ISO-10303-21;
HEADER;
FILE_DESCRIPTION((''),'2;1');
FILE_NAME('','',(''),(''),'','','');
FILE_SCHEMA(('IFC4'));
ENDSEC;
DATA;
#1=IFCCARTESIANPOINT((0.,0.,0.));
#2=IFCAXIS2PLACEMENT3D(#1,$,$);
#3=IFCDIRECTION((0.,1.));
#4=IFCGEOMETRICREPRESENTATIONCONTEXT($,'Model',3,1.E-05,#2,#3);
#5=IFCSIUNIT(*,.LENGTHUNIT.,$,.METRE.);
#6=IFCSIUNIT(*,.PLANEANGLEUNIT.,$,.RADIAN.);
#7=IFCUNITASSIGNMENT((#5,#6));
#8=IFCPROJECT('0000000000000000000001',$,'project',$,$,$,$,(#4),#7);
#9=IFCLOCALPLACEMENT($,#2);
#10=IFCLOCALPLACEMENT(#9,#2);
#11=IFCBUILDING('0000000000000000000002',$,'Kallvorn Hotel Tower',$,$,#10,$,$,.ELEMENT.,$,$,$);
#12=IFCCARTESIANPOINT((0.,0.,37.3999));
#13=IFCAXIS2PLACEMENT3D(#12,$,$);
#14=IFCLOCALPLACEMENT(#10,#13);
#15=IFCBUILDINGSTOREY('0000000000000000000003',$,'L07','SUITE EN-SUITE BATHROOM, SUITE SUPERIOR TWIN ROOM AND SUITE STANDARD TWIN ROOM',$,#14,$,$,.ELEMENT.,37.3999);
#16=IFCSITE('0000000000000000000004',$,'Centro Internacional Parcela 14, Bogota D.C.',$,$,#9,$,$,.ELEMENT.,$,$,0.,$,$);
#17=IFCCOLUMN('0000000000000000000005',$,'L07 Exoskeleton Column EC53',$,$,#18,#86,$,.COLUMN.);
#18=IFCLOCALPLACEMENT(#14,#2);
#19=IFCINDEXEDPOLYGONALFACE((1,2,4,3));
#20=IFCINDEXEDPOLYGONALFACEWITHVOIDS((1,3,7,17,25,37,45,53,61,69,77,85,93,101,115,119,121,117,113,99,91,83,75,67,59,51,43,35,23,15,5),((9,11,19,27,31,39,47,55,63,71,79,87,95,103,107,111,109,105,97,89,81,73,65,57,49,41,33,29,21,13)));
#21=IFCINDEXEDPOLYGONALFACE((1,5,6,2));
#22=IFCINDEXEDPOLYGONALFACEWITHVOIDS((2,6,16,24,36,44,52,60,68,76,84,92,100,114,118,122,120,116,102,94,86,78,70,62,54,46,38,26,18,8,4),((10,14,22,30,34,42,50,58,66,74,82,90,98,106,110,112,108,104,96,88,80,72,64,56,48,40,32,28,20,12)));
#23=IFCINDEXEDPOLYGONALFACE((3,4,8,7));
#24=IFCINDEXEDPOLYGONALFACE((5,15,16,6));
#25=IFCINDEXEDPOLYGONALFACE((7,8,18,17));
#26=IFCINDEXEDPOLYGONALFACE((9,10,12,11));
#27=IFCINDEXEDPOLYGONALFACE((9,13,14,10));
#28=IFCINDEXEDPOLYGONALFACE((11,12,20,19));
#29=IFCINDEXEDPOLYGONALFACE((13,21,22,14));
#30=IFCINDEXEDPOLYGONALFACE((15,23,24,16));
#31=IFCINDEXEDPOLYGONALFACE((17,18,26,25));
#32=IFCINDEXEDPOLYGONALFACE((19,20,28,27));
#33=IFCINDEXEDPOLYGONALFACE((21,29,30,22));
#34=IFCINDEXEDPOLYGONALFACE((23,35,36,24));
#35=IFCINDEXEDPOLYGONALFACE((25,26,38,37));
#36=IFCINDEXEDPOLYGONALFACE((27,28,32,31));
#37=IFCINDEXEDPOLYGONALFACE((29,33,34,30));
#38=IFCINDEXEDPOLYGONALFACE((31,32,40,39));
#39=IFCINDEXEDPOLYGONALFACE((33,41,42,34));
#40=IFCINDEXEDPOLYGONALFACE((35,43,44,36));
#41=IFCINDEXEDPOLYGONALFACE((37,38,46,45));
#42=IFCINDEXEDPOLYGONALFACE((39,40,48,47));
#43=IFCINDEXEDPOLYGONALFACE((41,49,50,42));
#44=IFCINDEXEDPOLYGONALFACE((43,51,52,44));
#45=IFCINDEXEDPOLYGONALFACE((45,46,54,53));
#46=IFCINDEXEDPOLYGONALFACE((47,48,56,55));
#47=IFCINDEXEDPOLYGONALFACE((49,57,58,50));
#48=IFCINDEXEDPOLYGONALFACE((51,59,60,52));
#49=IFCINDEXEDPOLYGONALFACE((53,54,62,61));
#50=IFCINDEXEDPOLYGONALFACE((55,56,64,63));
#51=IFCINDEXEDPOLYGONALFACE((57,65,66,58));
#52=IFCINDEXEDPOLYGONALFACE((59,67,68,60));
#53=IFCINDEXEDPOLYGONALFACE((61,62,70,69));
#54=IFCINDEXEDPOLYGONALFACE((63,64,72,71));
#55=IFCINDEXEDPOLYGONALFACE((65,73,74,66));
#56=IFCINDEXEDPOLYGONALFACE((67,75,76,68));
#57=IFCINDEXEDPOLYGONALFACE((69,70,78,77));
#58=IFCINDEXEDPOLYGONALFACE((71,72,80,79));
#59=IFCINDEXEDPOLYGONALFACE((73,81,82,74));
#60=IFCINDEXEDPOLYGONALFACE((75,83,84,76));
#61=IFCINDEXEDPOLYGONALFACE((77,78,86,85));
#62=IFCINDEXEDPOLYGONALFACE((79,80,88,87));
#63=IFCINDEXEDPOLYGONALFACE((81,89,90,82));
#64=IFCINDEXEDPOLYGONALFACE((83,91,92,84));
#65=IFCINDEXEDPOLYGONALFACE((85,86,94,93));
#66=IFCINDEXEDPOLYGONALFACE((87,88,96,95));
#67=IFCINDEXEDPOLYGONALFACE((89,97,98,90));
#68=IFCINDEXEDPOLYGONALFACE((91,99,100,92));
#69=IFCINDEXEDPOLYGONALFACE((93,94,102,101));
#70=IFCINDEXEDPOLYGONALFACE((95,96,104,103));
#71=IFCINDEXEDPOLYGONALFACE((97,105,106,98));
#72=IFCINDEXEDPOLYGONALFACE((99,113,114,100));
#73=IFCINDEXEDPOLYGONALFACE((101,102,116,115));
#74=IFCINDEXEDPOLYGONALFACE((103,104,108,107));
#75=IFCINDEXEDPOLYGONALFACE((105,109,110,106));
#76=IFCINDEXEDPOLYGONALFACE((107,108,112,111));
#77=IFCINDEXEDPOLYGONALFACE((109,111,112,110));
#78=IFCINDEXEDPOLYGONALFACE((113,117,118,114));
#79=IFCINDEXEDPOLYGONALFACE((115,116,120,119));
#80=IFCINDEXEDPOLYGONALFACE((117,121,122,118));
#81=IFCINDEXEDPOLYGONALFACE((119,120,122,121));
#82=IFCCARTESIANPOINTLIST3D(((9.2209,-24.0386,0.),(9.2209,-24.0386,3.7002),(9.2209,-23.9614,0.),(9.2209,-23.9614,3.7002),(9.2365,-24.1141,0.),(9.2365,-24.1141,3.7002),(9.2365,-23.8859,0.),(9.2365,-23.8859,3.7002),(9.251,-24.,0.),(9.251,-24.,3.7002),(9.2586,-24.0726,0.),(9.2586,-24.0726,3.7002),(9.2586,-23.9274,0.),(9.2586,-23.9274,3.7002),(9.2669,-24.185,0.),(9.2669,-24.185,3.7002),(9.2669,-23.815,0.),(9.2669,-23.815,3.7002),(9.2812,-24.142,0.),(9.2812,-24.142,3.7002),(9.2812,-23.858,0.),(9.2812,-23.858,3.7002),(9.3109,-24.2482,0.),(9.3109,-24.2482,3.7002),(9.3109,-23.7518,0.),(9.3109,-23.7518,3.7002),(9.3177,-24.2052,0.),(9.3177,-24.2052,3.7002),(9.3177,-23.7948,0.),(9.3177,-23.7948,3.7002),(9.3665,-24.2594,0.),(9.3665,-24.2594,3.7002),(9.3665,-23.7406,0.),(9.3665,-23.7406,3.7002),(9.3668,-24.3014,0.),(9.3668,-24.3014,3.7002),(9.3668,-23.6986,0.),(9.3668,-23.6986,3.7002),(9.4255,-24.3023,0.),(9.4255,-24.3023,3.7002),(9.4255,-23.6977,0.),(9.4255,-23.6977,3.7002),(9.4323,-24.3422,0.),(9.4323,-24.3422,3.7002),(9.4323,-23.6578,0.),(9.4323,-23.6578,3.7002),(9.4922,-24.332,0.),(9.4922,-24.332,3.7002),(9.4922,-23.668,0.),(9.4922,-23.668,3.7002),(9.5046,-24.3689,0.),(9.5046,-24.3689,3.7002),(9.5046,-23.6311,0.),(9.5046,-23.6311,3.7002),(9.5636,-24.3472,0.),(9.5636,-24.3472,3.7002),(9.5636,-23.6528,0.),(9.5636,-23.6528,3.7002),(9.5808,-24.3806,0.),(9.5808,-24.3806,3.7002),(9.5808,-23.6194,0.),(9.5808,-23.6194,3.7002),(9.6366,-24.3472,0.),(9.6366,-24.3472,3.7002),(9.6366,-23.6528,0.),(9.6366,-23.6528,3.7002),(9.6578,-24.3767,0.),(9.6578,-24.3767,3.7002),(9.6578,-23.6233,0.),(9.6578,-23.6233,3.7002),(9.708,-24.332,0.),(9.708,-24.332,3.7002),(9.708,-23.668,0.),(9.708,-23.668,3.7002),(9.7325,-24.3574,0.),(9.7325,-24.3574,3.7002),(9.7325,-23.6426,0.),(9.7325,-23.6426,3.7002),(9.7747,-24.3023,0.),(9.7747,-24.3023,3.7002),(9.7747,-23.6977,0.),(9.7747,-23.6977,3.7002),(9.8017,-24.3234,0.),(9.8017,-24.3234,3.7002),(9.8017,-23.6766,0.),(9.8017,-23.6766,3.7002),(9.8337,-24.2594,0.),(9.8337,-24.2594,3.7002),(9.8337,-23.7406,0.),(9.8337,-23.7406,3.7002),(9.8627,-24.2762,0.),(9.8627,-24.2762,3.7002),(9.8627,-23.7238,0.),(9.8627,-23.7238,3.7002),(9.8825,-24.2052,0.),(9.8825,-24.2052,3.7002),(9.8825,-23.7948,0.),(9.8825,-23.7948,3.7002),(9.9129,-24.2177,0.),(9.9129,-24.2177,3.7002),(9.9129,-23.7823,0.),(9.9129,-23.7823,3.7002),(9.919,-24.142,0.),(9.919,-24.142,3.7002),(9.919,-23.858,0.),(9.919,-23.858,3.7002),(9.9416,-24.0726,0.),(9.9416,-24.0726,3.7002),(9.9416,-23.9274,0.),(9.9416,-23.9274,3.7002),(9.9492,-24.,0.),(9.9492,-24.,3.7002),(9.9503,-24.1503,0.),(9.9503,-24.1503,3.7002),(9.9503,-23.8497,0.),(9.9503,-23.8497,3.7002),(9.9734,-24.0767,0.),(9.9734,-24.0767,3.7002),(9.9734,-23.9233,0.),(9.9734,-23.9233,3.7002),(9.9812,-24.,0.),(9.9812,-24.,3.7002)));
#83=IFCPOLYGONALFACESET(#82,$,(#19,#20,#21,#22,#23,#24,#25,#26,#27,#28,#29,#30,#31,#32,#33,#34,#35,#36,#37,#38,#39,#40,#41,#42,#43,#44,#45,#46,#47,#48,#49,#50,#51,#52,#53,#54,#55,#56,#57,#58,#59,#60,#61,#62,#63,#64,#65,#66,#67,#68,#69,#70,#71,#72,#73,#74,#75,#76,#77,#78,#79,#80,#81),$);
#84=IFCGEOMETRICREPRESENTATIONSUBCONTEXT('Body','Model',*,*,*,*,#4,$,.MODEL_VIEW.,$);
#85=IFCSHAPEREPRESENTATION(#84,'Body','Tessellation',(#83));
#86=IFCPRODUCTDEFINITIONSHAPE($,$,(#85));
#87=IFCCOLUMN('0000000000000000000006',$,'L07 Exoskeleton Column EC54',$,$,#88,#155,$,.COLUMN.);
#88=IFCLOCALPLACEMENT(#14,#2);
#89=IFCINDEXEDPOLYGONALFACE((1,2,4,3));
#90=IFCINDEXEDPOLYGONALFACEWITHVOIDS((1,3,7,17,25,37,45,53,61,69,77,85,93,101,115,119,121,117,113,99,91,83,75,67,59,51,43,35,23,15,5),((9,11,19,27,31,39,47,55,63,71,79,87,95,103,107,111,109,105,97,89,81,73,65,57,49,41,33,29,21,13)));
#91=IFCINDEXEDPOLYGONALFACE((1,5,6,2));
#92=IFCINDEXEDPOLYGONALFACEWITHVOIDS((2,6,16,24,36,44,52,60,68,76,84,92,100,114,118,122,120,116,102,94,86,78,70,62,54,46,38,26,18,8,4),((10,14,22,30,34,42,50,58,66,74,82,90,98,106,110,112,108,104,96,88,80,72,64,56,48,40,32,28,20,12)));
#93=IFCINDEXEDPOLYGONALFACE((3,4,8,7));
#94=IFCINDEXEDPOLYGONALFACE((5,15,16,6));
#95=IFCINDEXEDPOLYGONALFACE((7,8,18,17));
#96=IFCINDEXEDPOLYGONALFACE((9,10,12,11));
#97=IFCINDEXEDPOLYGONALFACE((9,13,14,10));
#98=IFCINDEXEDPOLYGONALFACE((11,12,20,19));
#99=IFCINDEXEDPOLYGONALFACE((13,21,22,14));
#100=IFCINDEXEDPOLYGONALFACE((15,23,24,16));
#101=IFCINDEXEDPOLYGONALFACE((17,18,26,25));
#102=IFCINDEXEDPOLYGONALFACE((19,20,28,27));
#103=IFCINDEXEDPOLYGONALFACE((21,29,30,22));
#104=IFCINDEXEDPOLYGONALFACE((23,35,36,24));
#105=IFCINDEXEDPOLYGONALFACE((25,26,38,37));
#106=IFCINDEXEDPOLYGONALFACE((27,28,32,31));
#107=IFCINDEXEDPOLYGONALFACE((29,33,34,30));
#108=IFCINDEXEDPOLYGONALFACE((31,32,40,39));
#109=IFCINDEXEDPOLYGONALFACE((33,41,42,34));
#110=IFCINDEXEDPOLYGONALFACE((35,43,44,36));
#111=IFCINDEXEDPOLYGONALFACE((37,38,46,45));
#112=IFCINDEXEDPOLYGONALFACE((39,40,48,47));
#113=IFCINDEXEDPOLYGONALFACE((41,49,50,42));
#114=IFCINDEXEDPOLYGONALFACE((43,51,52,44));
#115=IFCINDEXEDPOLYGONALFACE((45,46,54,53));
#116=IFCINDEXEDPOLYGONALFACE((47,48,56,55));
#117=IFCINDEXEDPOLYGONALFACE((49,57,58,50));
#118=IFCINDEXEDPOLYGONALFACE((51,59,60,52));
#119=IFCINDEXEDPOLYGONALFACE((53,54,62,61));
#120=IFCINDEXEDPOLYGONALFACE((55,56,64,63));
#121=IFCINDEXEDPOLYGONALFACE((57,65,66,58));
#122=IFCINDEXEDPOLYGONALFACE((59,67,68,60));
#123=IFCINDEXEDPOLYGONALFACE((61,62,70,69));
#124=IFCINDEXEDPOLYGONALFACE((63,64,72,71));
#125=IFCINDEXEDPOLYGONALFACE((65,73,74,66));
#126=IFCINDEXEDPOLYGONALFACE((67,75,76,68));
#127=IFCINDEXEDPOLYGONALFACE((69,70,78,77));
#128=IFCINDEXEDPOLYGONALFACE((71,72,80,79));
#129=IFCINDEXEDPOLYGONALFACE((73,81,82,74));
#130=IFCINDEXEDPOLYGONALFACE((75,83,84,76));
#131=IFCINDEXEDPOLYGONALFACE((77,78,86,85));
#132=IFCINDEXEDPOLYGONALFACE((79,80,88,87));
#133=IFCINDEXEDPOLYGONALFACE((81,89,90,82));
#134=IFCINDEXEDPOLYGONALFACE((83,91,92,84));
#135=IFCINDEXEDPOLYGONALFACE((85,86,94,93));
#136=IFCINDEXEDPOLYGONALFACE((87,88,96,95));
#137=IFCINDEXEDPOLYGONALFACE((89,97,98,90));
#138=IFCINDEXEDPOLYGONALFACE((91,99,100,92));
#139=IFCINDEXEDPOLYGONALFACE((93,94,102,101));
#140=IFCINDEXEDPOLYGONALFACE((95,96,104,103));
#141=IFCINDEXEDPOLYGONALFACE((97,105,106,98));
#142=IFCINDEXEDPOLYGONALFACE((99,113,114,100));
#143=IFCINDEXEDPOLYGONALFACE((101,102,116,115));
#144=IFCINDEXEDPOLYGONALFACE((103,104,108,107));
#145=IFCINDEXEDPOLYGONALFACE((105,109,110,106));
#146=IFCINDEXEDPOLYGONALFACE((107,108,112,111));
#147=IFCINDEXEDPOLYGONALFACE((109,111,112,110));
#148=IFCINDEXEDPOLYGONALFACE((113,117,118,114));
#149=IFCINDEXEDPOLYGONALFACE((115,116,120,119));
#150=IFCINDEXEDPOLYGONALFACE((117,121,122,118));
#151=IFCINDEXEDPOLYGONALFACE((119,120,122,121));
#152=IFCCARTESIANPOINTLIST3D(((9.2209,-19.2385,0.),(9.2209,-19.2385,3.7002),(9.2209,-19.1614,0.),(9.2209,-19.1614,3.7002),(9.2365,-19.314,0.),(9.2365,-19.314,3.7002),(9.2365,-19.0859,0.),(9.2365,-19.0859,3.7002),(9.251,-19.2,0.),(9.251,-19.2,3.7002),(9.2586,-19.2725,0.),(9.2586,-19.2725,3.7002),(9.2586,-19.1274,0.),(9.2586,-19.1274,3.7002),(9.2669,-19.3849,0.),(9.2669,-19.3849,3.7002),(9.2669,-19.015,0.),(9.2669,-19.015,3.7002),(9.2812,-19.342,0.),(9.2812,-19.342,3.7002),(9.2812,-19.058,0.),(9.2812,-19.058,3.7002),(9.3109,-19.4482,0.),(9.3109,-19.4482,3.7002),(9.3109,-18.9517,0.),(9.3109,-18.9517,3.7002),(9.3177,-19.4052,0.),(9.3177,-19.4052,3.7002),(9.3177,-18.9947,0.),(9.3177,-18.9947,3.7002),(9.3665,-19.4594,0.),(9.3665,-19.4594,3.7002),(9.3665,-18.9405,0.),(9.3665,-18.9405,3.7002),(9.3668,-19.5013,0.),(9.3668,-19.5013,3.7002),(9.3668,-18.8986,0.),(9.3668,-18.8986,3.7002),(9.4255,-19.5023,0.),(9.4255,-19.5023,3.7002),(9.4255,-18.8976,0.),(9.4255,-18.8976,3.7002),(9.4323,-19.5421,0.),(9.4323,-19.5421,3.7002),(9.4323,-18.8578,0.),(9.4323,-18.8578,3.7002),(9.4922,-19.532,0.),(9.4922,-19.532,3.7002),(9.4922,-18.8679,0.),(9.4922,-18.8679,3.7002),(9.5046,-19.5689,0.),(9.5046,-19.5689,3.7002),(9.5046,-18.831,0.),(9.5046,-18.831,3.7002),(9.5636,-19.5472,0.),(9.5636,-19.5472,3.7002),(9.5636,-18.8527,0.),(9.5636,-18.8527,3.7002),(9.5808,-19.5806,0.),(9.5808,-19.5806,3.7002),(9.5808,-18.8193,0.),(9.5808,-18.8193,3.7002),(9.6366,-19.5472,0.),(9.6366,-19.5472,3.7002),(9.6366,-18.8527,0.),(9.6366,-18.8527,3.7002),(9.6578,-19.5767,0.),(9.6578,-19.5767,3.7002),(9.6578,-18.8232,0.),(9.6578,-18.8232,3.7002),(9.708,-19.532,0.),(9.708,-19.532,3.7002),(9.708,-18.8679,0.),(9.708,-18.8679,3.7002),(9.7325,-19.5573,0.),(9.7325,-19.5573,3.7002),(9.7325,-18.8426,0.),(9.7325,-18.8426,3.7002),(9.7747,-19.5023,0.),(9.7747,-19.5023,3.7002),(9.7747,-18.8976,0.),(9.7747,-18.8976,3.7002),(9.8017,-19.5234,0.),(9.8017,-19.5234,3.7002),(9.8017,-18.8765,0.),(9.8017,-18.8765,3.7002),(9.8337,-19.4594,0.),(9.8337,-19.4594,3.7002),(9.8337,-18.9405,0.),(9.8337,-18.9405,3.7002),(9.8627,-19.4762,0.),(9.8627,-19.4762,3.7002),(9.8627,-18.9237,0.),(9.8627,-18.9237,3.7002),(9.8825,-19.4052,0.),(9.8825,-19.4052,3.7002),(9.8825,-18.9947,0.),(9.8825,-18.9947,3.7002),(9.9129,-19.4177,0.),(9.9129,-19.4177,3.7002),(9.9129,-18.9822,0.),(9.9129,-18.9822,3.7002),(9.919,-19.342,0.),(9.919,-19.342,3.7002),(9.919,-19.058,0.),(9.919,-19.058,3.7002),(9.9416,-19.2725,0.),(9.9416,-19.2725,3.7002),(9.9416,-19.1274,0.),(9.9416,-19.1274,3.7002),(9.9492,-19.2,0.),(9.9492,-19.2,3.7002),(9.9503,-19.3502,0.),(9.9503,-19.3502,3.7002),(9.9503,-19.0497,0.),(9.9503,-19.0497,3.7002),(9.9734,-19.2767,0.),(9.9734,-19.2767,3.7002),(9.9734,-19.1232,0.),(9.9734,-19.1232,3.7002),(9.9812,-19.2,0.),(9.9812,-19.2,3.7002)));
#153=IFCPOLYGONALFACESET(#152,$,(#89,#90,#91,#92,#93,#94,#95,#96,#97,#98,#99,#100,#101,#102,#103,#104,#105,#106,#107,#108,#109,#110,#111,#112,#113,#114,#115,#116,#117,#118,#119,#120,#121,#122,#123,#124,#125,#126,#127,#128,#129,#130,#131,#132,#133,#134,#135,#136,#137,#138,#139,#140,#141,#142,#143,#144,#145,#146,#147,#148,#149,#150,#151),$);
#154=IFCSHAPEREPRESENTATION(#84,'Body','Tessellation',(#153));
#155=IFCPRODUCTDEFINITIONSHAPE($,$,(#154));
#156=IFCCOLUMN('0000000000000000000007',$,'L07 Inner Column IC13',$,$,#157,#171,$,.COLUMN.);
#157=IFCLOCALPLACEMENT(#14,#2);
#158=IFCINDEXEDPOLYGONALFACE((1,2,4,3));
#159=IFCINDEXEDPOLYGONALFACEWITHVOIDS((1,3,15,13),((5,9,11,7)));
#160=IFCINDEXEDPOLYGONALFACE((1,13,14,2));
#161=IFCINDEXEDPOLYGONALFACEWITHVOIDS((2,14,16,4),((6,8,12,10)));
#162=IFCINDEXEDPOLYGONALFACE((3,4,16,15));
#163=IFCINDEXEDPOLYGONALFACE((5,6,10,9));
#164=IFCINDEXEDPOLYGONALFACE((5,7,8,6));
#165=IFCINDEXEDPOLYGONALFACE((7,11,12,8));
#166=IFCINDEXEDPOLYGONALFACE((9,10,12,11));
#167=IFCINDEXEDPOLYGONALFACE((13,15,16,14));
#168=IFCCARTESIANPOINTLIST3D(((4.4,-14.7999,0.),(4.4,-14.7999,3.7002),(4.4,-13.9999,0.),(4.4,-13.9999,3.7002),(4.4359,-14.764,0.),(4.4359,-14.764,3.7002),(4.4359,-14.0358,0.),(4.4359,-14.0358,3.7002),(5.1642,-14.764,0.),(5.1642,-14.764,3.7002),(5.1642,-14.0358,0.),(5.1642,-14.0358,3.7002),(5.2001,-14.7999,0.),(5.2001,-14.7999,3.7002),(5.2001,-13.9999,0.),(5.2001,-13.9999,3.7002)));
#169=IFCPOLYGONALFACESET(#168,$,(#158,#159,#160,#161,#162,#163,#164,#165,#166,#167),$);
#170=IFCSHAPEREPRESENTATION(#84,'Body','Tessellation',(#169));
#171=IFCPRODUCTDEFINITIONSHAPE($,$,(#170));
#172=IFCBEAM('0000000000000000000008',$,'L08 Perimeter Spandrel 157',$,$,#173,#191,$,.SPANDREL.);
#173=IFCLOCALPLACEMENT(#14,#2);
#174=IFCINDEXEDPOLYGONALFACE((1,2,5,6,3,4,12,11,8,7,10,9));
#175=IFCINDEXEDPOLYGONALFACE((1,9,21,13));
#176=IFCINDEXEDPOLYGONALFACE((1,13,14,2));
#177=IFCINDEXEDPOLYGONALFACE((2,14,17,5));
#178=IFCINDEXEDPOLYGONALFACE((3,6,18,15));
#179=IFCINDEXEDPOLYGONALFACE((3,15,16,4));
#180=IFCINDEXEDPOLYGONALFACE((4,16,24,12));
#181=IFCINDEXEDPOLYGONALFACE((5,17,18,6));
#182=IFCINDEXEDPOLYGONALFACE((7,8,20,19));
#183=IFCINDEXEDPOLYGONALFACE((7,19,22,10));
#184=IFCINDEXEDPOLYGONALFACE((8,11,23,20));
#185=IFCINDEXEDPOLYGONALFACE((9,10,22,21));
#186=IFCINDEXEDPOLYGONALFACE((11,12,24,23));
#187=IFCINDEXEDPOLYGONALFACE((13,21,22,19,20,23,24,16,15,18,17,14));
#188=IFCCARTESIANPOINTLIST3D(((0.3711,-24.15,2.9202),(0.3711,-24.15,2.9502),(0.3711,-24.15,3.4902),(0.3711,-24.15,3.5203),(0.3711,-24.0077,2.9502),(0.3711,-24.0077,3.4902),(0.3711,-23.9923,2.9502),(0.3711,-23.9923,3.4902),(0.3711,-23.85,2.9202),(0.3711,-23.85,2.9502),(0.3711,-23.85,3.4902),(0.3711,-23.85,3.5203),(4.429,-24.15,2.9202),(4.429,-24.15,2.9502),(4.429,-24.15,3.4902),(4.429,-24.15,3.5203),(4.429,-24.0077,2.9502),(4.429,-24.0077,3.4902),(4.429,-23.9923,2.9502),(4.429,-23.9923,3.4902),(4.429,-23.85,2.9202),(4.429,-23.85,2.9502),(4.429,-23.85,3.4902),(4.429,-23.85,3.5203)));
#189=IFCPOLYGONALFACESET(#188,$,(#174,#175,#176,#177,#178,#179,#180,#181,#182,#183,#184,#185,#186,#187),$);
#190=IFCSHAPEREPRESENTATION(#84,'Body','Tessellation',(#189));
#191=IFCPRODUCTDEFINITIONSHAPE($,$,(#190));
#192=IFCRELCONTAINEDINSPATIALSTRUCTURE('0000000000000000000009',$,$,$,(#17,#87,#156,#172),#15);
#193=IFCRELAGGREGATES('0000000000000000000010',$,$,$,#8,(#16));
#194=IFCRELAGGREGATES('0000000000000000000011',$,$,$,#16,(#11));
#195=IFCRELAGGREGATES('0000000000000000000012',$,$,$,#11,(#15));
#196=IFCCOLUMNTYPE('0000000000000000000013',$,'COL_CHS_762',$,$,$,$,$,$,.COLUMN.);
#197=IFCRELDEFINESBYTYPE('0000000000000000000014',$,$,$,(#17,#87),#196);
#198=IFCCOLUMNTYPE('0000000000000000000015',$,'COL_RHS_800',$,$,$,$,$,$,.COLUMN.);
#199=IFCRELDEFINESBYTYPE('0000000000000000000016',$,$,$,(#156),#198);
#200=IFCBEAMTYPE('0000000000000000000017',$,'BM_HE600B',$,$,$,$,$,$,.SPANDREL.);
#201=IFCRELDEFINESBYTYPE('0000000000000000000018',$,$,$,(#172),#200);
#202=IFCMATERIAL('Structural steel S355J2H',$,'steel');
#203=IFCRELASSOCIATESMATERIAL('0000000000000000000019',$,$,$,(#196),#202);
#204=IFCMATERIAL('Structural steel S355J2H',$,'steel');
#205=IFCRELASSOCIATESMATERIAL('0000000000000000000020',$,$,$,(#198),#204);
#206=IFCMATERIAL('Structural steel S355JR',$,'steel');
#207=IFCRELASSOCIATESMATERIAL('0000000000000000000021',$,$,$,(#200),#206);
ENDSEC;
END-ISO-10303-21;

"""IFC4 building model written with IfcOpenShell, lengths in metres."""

from ifc_helpers import new_model, si_unit, direction, frame, origin, origin_2d, place, context, subcontext, project, spatial, hollow_rectangle, hollow_circle, i_section, extrude, material, material_profile, profile_set, type_object, element, save


model = new_model("IFC4")

# Units and contexts
model_context = context("Model", 3, precision=1e-05, world=origin(), true_north=direction((0.0, 1.0)))
body_context = subcontext(model_context, "Body", "Model", "MODEL_VIEW")
ifc_project = project(units=[si_unit("LENGTHUNIT", "METRE"), si_unit("PLANEANGLEUNIT", "RADIAN")], contexts=[model_context])

# Site, building, storey
site_placement = place(None, origin())
site = spatial("IfcSite", under=ifc_project, at=site_placement, Name="Centro Internacional Parcela 14, Bogota D.C.", CompositionType="ELEMENT", RefElevation=0.0)
building_placement = place(site_placement, origin())
building = spatial("IfcBuilding", under=site, at=building_placement, Name="Kallvorn Hotel Tower", CompositionType="ELEMENT")
storey_placement = place(building_placement, frame((0.0, 0.0, 37.3999)))
storey = spatial("IfcBuildingStorey", under=building, at=storey_placement, Name="L07", Description="SUITE EN-SUITE BATHROOM, SUITE SUPERIOR TWIN ROOM AND SUITE STANDARD TWIN ROOM", CompositionType="ELEMENT", Elevation=37.3999)

# Columns
ifc_material_1 = material(Name="Structural steel S355J2H", Category="steel")
ifc_material_profile_1 = material_profile(ifc_material_1, hollow_circle(Radius=0.3811, WallThickness=0.032, at=origin_2d()), Name="CHS 762x32")
ifc_profile_set_1 = profile_set([ifc_material_profile_1], Name="Structural steel S355J2H")
column_type_1 = type_object("IfcColumnType", Name="COL_CHS_762", PredefinedType="COLUMN", material=ifc_profile_set_1)
for number, where, z_axis, x_axis, name in (
    (1, (9.6001, -24.0, 0.0), (0.0, 0.0, 1.0), (1.0, 0.0, 0.0), "L07 Exoskeleton Column EC53"),
    (2, (9.6001, -19.2, 0.0), (0.0, 0.0, 1.0), (1.0, 0.0, 0.0), "L07 Exoskeleton Column EC54"),
):
    element("IfcColumn", number, at=place(storey_placement, frame(where, z_axis=z_axis, x_axis=x_axis)), inside=storey, type_object=column_type_1, Name=name, PredefinedType="COLUMN", context=body_context, shape_type="SweptSolid", body=[
        extrude(hollow_circle(Radius=0.3811, WallThickness=0.032, at=origin_2d()), origin(), (0.0, 0.0, 1.0), 3.7002),
    ])
ifc_material_2 = material(Name="Structural steel S355J2H", Category="steel")
ifc_material_profile_2 = material_profile(ifc_material_2, hollow_rectangle(XDim=0.8, YDim=0.8, WallThickness=0.0359, at=origin_2d()), Name="RHS 800x800x36")
ifc_profile_set_2 = profile_set([ifc_material_profile_2], Name="Structural steel S355J2H")
column_type_2 = type_object("IfcColumnType", Name="COL_RHS_800", PredefinedType="COLUMN", material=ifc_profile_set_2)
column_placement = place(storey_placement, frame((4.8, -14.3999, 0.0), z_axis=(0.0, 0.0, 1.0), x_axis=(1.0, 0.0, 0.0)))
element("IfcColumn", 3, at=column_placement, inside=storey, type_object=column_type_2, Name="L07 Inner Column IC13", PredefinedType="COLUMN", context=body_context, shape_type="SweptSolid", body=[
    extrude(hollow_rectangle(XDim=0.8, YDim=0.8, WallThickness=0.0359, at=origin_2d()), origin(), (0.0, 0.0, 1.0), 3.7002),
])

# Beam
ifc_material_3 = material(Name="Structural steel S355JR", Category="steel")
ifc_material_profile_3 = material_profile(ifc_material_3, i_section(OverallWidth=0.3, OverallDepth=0.6001, WebThickness=0.0154, FlangeThickness=0.03, at=origin_2d()), Name="HE 600 B")
ifc_profile_set_3 = profile_set([ifc_material_profile_3], Name="Structural steel S355JR")
beam_type_1 = type_object("IfcBeamType", Name="BM_HE600B", PredefinedType="SPANDREL", material=ifc_profile_set_3)
beam_1_placement = place(storey_placement, frame((0.3711, -24.0, 3.2202), z_axis=(1.0, 0.0, 0.0), x_axis=(0.0, 1.0, 0.0)))
element("IfcBeam", 4, at=beam_1_placement, inside=storey, type_object=beam_type_1, Name="L08 Perimeter Spandrel 157", PredefinedType="SPANDREL", context=body_context, shape_type="SweptSolid", body=[
    extrude(i_section(OverallWidth=0.3, OverallDepth=0.6001, WebThickness=0.0154, FlangeThickness=0.03, at=origin_2d()), origin(), (0.0, 0.0, 1.0), 4.0579),
])

save(model, "model.ifc")
